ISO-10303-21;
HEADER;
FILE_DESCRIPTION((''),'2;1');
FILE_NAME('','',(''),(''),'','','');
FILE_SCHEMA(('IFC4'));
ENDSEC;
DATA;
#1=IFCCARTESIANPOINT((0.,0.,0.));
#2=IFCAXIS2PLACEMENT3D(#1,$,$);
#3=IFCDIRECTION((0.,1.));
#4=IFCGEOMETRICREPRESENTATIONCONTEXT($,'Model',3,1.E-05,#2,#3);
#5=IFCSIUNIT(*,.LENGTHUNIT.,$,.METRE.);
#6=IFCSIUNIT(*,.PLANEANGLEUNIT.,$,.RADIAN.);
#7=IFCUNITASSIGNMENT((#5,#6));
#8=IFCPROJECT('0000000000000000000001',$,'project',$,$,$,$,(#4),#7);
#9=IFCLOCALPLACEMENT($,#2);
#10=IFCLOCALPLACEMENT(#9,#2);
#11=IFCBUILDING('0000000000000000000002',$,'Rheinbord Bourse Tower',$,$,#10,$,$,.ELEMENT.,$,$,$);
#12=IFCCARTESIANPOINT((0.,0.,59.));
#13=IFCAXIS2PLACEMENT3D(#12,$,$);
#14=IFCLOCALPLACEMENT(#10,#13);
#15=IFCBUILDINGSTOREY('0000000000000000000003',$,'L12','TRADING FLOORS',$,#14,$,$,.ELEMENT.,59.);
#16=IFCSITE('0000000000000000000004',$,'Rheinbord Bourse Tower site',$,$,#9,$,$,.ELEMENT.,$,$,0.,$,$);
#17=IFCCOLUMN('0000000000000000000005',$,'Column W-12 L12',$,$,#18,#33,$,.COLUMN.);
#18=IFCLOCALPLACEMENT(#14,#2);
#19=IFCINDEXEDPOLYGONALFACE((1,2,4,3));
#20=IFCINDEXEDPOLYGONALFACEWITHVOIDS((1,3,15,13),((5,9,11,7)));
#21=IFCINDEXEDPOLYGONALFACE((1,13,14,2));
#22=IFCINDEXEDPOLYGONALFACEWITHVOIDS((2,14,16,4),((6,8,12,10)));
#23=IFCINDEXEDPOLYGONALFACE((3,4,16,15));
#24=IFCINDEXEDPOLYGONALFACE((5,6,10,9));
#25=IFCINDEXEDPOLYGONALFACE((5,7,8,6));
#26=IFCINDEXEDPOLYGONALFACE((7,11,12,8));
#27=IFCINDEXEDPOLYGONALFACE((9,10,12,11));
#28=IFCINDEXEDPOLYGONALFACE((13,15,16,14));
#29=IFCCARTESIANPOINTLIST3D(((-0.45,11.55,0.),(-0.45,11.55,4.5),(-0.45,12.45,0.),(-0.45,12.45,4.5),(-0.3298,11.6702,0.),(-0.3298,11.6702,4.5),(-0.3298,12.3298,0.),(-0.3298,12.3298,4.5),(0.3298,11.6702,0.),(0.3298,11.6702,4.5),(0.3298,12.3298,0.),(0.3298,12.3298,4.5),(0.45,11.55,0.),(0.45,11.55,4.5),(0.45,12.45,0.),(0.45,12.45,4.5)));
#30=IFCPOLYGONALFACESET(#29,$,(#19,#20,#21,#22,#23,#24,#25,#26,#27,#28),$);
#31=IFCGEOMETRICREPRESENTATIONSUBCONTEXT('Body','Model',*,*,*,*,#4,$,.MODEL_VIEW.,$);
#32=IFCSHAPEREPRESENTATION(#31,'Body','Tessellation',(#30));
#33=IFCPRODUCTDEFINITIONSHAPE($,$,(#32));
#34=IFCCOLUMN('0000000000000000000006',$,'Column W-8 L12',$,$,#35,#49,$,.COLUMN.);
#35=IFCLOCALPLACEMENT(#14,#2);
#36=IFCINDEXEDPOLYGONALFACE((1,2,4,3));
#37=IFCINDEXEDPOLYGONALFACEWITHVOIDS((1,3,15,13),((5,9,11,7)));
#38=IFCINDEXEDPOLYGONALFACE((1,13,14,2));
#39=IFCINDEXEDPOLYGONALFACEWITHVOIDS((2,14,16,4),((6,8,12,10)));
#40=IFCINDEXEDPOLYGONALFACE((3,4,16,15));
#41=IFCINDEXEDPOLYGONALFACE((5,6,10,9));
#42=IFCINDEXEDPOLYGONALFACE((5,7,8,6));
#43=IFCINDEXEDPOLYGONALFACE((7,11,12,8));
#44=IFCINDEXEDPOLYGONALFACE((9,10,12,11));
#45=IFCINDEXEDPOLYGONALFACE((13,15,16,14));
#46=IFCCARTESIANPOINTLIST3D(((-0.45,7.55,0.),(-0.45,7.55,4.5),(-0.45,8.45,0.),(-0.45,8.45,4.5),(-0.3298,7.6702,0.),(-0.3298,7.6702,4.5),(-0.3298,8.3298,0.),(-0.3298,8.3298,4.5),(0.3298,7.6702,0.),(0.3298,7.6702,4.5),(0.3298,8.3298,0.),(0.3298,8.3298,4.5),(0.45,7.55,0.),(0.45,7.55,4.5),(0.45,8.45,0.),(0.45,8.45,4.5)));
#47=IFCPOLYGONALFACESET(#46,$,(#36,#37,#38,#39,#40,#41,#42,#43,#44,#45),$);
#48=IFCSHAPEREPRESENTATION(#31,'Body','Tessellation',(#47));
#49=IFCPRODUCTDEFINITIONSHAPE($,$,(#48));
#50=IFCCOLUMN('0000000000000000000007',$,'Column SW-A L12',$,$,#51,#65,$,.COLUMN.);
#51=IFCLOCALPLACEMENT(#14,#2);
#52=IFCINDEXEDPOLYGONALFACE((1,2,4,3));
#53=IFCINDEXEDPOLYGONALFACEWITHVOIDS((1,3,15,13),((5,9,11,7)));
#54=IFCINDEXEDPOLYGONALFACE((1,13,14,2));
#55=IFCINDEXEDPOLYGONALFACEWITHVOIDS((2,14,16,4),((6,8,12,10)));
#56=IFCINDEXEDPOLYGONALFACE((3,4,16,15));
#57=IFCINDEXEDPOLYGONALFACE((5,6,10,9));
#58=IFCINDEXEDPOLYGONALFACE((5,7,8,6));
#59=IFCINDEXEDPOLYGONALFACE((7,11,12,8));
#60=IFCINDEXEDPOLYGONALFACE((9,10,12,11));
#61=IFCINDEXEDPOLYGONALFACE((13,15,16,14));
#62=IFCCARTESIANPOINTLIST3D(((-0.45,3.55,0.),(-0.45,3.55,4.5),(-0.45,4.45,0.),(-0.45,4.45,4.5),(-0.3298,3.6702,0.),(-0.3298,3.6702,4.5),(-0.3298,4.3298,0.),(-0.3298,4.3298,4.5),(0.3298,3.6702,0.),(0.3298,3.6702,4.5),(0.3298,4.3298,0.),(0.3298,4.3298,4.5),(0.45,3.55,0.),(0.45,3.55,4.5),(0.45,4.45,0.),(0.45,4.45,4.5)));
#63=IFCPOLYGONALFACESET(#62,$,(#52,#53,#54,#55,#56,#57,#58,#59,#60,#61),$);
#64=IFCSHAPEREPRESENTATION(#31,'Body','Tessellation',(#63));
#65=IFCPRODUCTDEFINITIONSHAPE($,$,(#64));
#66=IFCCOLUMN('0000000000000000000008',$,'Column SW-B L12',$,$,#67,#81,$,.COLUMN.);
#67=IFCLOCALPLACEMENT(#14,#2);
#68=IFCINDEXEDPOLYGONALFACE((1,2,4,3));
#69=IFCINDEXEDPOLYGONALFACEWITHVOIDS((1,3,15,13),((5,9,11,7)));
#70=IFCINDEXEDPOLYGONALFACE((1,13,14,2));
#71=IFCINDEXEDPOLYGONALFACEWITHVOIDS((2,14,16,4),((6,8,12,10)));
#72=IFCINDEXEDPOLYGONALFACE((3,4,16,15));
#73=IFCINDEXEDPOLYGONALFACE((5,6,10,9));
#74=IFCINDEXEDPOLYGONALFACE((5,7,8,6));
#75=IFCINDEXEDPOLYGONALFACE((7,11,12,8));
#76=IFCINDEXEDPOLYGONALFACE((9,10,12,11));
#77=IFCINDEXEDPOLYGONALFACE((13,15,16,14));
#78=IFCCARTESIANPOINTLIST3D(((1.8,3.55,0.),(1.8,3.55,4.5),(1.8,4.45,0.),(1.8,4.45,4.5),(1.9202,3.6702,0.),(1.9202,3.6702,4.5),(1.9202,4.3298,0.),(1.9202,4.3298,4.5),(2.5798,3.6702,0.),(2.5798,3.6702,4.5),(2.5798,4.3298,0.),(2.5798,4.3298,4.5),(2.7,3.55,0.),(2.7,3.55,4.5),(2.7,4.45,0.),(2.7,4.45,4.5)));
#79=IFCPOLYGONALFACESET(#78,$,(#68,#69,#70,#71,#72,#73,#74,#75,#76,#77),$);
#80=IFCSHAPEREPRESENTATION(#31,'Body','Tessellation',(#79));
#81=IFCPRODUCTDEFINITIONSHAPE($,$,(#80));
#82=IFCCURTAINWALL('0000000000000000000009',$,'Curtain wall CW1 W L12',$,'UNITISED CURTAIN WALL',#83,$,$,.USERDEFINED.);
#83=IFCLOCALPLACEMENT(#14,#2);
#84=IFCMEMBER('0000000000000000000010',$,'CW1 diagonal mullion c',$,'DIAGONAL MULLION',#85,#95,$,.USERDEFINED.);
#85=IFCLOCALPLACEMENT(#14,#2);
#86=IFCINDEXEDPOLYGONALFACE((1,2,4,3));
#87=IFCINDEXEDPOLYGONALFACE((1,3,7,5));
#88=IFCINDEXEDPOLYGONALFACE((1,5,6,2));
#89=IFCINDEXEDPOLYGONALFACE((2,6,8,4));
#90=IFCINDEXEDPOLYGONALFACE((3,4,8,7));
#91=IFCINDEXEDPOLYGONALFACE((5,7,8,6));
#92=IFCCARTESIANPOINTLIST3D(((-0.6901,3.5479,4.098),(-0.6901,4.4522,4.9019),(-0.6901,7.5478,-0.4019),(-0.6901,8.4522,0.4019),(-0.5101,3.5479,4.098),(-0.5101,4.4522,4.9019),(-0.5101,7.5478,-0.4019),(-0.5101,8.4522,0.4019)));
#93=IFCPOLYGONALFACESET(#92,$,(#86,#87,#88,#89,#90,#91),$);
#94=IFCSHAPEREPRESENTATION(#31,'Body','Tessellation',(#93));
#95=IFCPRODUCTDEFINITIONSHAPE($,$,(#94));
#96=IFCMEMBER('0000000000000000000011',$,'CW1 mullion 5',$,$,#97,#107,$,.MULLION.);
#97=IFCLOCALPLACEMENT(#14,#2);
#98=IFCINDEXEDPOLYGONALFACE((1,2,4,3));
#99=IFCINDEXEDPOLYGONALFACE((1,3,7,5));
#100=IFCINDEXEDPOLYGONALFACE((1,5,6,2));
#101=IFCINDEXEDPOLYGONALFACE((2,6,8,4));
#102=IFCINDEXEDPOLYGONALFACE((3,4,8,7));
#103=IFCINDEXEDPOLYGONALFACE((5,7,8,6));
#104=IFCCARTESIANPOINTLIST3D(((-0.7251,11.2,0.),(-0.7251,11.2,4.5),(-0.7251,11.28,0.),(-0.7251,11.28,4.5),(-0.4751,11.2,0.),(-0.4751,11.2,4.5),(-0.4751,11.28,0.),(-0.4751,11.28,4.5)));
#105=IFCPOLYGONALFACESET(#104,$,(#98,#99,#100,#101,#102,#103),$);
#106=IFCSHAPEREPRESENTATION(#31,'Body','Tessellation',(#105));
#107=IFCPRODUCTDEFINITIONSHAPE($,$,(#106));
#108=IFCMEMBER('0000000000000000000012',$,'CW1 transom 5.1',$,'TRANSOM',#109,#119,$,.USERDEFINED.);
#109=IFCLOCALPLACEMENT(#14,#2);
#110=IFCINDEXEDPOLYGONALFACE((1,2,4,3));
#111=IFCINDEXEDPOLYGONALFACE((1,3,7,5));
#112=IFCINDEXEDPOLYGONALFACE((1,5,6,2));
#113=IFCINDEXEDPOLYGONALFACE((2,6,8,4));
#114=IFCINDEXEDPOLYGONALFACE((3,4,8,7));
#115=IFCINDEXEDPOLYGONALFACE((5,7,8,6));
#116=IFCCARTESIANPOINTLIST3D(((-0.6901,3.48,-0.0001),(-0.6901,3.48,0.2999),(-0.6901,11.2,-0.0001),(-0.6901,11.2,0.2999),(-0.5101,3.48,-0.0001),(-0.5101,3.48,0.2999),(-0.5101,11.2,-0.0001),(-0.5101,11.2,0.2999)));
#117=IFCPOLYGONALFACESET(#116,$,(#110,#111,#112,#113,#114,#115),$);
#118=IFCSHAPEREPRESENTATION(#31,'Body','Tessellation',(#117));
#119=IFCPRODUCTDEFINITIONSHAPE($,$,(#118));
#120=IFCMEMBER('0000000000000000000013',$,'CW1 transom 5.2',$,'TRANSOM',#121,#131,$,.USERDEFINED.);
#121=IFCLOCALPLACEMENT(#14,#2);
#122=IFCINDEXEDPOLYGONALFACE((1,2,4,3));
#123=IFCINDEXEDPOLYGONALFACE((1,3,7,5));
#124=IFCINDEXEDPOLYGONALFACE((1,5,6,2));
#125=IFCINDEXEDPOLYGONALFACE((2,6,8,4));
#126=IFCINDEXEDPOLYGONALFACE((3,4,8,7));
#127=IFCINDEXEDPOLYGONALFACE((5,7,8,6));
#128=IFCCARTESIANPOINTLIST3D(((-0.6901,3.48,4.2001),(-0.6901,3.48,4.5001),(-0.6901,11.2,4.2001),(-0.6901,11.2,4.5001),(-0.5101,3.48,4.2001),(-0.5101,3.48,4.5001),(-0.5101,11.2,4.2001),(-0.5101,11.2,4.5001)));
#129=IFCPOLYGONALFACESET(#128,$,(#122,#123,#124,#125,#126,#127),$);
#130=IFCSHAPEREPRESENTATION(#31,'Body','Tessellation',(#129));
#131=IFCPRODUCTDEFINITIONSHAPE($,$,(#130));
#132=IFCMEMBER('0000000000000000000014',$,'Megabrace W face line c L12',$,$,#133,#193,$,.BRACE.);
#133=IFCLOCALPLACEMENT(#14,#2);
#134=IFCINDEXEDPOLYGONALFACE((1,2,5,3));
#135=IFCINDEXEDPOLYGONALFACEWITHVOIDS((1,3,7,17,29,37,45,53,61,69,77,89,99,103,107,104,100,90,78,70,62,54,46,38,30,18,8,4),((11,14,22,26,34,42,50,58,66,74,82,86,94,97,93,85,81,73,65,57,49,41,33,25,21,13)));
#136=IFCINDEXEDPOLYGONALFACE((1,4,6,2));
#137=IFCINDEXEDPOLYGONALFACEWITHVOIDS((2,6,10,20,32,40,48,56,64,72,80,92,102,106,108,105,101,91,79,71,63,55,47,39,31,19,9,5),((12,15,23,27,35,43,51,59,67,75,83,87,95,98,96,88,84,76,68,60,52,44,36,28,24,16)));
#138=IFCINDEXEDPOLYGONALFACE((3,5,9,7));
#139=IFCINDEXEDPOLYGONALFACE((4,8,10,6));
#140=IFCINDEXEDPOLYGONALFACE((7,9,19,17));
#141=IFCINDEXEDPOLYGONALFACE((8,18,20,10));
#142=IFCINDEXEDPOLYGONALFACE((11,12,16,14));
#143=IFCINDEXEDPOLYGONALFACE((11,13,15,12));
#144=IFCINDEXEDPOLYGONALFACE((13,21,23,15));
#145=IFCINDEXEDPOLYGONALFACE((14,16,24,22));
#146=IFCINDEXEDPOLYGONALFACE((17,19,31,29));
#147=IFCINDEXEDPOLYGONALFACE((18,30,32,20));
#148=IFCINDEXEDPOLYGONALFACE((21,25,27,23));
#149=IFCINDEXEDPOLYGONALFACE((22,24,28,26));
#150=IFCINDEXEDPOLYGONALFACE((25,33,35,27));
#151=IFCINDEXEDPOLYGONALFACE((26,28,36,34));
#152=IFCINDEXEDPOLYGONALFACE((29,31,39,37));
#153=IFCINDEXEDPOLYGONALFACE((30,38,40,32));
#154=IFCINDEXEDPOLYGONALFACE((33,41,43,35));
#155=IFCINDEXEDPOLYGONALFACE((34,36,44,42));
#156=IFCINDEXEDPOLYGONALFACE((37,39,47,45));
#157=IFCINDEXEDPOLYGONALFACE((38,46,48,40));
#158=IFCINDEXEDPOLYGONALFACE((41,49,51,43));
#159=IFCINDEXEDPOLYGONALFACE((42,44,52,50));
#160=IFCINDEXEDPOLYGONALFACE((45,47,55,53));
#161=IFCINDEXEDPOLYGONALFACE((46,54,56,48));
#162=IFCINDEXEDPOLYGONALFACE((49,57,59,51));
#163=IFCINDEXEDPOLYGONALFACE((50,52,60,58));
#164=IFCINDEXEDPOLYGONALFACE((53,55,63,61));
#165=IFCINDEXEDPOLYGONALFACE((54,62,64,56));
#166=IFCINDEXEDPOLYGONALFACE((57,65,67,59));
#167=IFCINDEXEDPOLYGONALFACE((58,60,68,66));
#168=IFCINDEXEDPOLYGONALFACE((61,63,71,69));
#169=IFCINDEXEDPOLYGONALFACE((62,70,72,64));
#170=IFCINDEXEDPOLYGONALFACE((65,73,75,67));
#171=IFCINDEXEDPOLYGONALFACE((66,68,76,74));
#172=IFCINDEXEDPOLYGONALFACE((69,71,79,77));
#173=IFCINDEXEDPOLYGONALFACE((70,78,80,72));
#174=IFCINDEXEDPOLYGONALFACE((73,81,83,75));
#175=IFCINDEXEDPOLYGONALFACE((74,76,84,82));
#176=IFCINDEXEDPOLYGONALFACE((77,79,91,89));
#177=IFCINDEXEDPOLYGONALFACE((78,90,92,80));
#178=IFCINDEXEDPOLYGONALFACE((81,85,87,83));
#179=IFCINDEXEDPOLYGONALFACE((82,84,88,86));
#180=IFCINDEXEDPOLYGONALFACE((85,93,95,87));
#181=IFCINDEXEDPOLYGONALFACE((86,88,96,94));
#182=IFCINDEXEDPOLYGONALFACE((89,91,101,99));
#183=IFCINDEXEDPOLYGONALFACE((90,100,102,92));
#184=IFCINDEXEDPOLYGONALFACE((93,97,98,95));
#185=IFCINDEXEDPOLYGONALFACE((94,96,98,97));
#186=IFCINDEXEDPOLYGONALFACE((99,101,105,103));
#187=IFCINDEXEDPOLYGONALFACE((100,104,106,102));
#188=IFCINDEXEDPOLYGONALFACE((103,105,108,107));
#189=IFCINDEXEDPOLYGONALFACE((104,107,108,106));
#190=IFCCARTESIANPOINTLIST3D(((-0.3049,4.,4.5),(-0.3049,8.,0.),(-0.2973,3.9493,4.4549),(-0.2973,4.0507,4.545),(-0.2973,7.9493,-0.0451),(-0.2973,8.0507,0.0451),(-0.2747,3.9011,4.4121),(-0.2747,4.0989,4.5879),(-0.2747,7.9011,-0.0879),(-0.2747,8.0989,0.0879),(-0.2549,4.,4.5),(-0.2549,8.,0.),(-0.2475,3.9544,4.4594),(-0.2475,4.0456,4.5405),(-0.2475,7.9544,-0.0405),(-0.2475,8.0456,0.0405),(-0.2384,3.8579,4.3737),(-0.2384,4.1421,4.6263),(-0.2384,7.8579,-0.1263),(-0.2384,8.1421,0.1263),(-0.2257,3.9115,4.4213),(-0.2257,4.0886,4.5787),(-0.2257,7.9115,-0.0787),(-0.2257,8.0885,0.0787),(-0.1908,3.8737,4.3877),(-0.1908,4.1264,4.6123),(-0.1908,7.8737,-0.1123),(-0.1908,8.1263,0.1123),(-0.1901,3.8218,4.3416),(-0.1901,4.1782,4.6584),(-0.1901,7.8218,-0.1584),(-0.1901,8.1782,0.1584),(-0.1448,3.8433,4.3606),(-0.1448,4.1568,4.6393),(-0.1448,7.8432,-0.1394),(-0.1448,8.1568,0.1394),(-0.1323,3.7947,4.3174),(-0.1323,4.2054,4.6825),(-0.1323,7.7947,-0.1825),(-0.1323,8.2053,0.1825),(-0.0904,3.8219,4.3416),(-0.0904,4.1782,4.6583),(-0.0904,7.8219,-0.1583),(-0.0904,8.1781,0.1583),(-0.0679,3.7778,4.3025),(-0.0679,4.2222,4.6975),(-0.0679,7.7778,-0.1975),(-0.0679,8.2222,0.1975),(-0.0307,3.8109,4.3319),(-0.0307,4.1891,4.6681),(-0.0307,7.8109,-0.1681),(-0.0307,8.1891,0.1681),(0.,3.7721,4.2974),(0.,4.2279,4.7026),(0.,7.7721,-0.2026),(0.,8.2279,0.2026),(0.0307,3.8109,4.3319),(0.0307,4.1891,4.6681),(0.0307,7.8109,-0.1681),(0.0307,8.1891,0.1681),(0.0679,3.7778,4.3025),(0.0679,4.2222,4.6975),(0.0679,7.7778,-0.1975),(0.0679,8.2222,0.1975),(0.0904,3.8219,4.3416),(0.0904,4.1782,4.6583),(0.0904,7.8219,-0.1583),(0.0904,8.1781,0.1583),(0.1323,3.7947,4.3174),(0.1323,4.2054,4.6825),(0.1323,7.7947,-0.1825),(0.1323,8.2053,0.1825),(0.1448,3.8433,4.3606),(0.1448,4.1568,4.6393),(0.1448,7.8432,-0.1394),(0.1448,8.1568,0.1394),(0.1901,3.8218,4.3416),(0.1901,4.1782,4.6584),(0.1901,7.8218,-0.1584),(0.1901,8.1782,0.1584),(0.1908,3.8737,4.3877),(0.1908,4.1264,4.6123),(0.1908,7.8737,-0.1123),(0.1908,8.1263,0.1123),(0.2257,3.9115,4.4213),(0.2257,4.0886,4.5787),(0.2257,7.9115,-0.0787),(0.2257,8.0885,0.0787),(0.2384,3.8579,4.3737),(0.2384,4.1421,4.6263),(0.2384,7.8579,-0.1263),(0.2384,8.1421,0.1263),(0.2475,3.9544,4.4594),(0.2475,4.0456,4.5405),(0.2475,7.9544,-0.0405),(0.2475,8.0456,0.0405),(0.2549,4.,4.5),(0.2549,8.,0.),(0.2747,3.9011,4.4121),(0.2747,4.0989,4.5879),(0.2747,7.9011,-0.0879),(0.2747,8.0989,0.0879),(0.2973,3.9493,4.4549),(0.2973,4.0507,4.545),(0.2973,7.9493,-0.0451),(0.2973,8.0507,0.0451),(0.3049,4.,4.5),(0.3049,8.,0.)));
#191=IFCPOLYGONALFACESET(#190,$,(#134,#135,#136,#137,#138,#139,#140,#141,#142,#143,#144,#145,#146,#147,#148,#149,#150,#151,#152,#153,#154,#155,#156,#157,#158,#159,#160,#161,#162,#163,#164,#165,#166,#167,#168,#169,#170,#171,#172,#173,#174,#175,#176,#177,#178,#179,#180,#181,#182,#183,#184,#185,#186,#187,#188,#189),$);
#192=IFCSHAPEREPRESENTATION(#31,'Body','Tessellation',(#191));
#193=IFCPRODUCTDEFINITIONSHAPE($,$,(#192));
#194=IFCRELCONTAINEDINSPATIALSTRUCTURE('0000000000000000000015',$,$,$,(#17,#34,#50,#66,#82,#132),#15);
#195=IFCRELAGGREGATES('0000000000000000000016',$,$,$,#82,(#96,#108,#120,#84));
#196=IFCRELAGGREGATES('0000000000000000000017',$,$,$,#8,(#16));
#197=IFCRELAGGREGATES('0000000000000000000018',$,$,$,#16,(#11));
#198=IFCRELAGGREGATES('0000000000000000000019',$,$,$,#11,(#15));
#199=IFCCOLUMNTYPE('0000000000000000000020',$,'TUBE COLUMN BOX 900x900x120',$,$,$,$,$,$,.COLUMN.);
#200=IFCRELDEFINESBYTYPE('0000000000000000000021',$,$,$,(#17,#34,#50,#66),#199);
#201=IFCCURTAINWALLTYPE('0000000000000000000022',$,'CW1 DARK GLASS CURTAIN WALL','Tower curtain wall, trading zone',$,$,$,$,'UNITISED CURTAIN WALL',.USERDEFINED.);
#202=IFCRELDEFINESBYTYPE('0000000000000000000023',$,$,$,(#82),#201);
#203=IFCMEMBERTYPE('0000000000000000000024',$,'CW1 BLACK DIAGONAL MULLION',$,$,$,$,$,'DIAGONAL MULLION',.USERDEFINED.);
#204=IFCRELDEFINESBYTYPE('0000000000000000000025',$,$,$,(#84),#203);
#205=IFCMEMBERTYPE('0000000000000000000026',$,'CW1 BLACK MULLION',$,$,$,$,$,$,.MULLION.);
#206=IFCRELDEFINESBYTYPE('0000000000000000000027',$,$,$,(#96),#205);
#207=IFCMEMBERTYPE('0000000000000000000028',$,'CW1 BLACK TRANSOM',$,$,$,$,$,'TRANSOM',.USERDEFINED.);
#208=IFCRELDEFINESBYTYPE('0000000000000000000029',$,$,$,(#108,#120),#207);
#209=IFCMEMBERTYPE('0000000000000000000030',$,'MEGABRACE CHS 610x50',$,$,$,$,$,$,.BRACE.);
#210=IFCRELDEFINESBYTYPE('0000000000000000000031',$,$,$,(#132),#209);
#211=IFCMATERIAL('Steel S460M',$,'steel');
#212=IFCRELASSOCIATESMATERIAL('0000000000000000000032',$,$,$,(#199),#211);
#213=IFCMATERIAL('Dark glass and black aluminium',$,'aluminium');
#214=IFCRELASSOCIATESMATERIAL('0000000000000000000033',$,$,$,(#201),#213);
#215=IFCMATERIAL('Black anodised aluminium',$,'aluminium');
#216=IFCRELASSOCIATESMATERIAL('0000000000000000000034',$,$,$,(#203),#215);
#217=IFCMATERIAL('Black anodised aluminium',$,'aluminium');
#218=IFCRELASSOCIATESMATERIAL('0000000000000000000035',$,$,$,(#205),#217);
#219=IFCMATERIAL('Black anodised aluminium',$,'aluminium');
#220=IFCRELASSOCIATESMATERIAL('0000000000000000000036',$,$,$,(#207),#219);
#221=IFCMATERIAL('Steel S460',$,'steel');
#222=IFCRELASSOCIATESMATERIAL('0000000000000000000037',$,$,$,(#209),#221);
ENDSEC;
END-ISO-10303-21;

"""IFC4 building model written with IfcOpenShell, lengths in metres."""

from ifc_helpers import new_model, si_unit, direction, frame, origin, origin_2d, place, context, subcontext, project, spatial, rectangle, hollow_rectangle, hollow_circle, extrude, material, material_profile, profile_set, type_object, element, aggregate, save


model = new_model("IFC4")

# Units and contexts
model_context = context("Model", 3, precision=1e-05, world=origin(), true_north=direction((0.0, 1.0)))
body_context = subcontext(model_context, "Body", "Model", "MODEL_VIEW")
ifc_project = project(units=[si_unit("LENGTHUNIT", "METRE"), si_unit("PLANEANGLEUNIT", "RADIAN")], contexts=[model_context])

# Site, building, storey
site_placement = place(None, origin())
site = spatial("IfcSite", under=ifc_project, at=site_placement, Name="Rheinbord Bourse Tower site", CompositionType="ELEMENT", RefElevation=0.0)
building_placement = place(site_placement, origin())
building = spatial("IfcBuilding", under=site, at=building_placement, Name="Rheinbord Bourse Tower", CompositionType="ELEMENT")
storey_placement = place(building_placement, frame((0.0, 0.0, 59.0)))
storey = spatial("IfcBuildingStorey", under=building, at=storey_placement, Name="L12", Description="TRADING FLOORS", CompositionType="ELEMENT", Elevation=59.0)

# Columns
ifc_material_1 = material(Name="Steel S460M", Category="steel")
ifc_material_profile_1 = material_profile(ifc_material_1, hollow_rectangle(XDim=0.8999, YDim=0.8999, WallThickness=0.1201, at=origin_2d()), Name="BOX 900x900x120")
ifc_profile_set_1 = profile_set([ifc_material_profile_1], Name="Steel S460M")
column_type = type_object("IfcColumnType", Name="TUBE COLUMN BOX 900x900x120", PredefinedType="COLUMN", material=ifc_profile_set_1)
for number, where, z_axis, x_axis, name in (
    (1, (0.0, 12.0, 0.0), (0.0, 0.0, 1.0), (1.0, 0.0, 0.0), "Column W-12 L12"),
    (2, (0.0, 8.0, 0.0), (0.0, 0.0, 1.0), (1.0, 0.0, 0.0), "Column W-8 L12"),
    (3, (0.0, 4.0, 0.0), (0.0, 0.0, 1.0), (1.0, 0.0, 0.0), "Column SW-A L12"),
    (4, (2.25, 4.0, 0.0), (0.0, 0.0, 1.0), (1.0, 0.0, 0.0), "Column SW-B L12"),
):
    element("IfcColumn", number, at=place(storey_placement, frame(where, z_axis=z_axis, x_axis=x_axis)), inside=storey, type_object=column_type, Name=name, PredefinedType="COLUMN", context=body_context, shape_type="SweptSolid", body=[
        extrude(hollow_rectangle(XDim=0.8999, YDim=0.8999, WallThickness=0.1201, at=origin_2d()), origin(), (0.0, 0.0, 1.0), 4.5),
    ])

# Curtain wall, members
ifc_material_2 = material(Name="Dark glass and black aluminium", Category="aluminium")
curtain_wall_type = type_object("IfcCurtainWallType", Name="CW1 DARK GLASS CURTAIN WALL", Description="Tower curtain wall, trading zone", ElementType="UNITISED CURTAIN WALL", PredefinedType="USERDEFINED", material=ifc_material_2)
curtain_wall_placement = place(storey_placement, origin())
curtain_wall = element("IfcCurtainWall", 5, at=curtain_wall_placement, inside=storey, type_object=curtain_wall_type, Name="Curtain wall CW1 W L12", ObjectType="UNITISED CURTAIN WALL", PredefinedType="USERDEFINED")
ifc_material_3 = material(Name="Black anodised aluminium", Category="aluminium")
ifc_material_profile_2 = material_profile(ifc_material_3, rectangle(XDim=0.1799, YDim=1.21, at=origin_2d()), Name="CW1 DIAGONAL MULLION 1210x180")
ifc_profile_set_2 = profile_set([ifc_material_profile_2], Name="Black anodised aluminium")
member_type_1 = type_object("IfcMemberType", Name="CW1 BLACK DIAGONAL MULLION", ElementType="DIAGONAL MULLION", PredefinedType="USERDEFINED", material=ifc_profile_set_2)
member_1_placement = place(storey_placement, frame((-0.6001, 8.0, 0.0), z_axis=(0.0, -0.664364, 0.747409), x_axis=(1.0, 0.0, 0.0)))
member_1 = element("IfcMember", 6, at=member_1_placement, type_object=member_type_1, Name="CW1 diagonal mullion c", ObjectType="DIAGONAL MULLION", PredefinedType="USERDEFINED", context=body_context, shape_type="SweptSolid", body=[
    extrude(rectangle(XDim=0.1799, YDim=1.21, at=origin_2d()), origin(), (0.0, 0.0, 1.0), 6.0208),
])
ifc_material_4 = material(Name="Black anodised aluminium", Category="aluminium")
ifc_material_profile_3 = material_profile(ifc_material_4, rectangle(XDim=0.25, YDim=0.0801, at=origin_2d()), Name="CW1 MULLION 80x250")
ifc_profile_set_3 = profile_set([ifc_material_profile_3], Name="Black anodised aluminium")
member_type_2 = type_object("IfcMemberType", Name="CW1 BLACK MULLION", PredefinedType="MULLION", material=ifc_profile_set_3)
member_2_placement = place(storey_placement, frame((-0.6001, 11.24, 0.0), z_axis=(0.0, 0.0, 1.0), x_axis=(1.0, 0.0, 0.0)))
member_2 = element("IfcMember", 7, at=member_2_placement, type_object=member_type_2, Name="CW1 mullion 5", PredefinedType="MULLION", context=body_context, shape_type="SweptSolid", body=[
    extrude(rectangle(XDim=0.25, YDim=0.0801, at=origin_2d()), origin(), (0.0, 0.0, 1.0), 4.5),
])
ifc_material_5 = material(Name="Black anodised aluminium", Category="aluminium")
ifc_material_profile_4 = material_profile(ifc_material_5, rectangle(XDim=0.1799, YDim=0.3, at=origin_2d()), Name="CW1 TRANSOM 300x180")
ifc_profile_set_4 = profile_set([ifc_material_profile_4], Name="Black anodised aluminium")
member_type_3 = type_object("IfcMemberType", Name="CW1 BLACK TRANSOM", ElementType="TRANSOM", PredefinedType="USERDEFINED", material=ifc_profile_set_4)
member_3_placement = place(storey_placement, frame((-0.6001, 11.2, 0.1499), z_axis=(0.0, -1.0, 0.0), x_axis=(1.0, 0.0, 0.0)))
member_3 = element("IfcMember", 8, at=member_3_placement, type_object=member_type_3, Name="CW1 transom 5.1", ObjectType="TRANSOM", PredefinedType="USERDEFINED", context=body_context, shape_type="SweptSolid", body=[
    extrude(rectangle(XDim=0.1799, YDim=0.3, at=origin_2d()), origin(), (0.0, 0.0, 1.0), 7.72),
])
member_4_placement = place(storey_placement, frame((-0.6001, 11.2, 4.3501), z_axis=(0.0, -1.0, 0.0), x_axis=(1.0, 0.0, 0.0)))
member_4 = element("IfcMember", 9, at=member_4_placement, type_object=member_type_3, Name="CW1 transom 5.2", ObjectType="TRANSOM", PredefinedType="USERDEFINED", context=body_context, shape_type="SweptSolid", body=[
    extrude(rectangle(XDim=0.1799, YDim=0.3, at=origin_2d()), origin(), (0.0, 0.0, 1.0), 7.72),
])

# Member
ifc_material_6 = material(Name="Steel S460", Category="steel")
ifc_material_profile_5 = material_profile(ifc_material_6, hollow_circle(Radius=0.3049, WallThickness=0.05, at=origin_2d()), Name="CHS 610x50")
ifc_profile_set_5 = profile_set([ifc_material_profile_5], Name="Steel S460")
member_type_4 = type_object("IfcMemberType", Name="MEGABRACE CHS 610x50", PredefinedType="BRACE", material=ifc_profile_set_5)
member_5_placement = place(storey_placement, frame((0.0, 8.0, 0.0), z_axis=(0.0, -0.664364, 0.747409), x_axis=(1.0, 0.0, 0.0)))
element("IfcMember", 10, at=member_5_placement, inside=storey, type_object=member_type_4, Name="Megabrace W face line c L12", PredefinedType="BRACE", context=body_context, shape_type="SweptSolid", body=[
    extrude(hollow_circle(Radius=0.3049, WallThickness=0.05, at=origin_2d()), origin(), (0.0, 0.0, 1.0), 6.0208),
])

aggregate(curtain_wall, [member_2, member_3, member_4, member_1])

save(model, "model.ifc")
